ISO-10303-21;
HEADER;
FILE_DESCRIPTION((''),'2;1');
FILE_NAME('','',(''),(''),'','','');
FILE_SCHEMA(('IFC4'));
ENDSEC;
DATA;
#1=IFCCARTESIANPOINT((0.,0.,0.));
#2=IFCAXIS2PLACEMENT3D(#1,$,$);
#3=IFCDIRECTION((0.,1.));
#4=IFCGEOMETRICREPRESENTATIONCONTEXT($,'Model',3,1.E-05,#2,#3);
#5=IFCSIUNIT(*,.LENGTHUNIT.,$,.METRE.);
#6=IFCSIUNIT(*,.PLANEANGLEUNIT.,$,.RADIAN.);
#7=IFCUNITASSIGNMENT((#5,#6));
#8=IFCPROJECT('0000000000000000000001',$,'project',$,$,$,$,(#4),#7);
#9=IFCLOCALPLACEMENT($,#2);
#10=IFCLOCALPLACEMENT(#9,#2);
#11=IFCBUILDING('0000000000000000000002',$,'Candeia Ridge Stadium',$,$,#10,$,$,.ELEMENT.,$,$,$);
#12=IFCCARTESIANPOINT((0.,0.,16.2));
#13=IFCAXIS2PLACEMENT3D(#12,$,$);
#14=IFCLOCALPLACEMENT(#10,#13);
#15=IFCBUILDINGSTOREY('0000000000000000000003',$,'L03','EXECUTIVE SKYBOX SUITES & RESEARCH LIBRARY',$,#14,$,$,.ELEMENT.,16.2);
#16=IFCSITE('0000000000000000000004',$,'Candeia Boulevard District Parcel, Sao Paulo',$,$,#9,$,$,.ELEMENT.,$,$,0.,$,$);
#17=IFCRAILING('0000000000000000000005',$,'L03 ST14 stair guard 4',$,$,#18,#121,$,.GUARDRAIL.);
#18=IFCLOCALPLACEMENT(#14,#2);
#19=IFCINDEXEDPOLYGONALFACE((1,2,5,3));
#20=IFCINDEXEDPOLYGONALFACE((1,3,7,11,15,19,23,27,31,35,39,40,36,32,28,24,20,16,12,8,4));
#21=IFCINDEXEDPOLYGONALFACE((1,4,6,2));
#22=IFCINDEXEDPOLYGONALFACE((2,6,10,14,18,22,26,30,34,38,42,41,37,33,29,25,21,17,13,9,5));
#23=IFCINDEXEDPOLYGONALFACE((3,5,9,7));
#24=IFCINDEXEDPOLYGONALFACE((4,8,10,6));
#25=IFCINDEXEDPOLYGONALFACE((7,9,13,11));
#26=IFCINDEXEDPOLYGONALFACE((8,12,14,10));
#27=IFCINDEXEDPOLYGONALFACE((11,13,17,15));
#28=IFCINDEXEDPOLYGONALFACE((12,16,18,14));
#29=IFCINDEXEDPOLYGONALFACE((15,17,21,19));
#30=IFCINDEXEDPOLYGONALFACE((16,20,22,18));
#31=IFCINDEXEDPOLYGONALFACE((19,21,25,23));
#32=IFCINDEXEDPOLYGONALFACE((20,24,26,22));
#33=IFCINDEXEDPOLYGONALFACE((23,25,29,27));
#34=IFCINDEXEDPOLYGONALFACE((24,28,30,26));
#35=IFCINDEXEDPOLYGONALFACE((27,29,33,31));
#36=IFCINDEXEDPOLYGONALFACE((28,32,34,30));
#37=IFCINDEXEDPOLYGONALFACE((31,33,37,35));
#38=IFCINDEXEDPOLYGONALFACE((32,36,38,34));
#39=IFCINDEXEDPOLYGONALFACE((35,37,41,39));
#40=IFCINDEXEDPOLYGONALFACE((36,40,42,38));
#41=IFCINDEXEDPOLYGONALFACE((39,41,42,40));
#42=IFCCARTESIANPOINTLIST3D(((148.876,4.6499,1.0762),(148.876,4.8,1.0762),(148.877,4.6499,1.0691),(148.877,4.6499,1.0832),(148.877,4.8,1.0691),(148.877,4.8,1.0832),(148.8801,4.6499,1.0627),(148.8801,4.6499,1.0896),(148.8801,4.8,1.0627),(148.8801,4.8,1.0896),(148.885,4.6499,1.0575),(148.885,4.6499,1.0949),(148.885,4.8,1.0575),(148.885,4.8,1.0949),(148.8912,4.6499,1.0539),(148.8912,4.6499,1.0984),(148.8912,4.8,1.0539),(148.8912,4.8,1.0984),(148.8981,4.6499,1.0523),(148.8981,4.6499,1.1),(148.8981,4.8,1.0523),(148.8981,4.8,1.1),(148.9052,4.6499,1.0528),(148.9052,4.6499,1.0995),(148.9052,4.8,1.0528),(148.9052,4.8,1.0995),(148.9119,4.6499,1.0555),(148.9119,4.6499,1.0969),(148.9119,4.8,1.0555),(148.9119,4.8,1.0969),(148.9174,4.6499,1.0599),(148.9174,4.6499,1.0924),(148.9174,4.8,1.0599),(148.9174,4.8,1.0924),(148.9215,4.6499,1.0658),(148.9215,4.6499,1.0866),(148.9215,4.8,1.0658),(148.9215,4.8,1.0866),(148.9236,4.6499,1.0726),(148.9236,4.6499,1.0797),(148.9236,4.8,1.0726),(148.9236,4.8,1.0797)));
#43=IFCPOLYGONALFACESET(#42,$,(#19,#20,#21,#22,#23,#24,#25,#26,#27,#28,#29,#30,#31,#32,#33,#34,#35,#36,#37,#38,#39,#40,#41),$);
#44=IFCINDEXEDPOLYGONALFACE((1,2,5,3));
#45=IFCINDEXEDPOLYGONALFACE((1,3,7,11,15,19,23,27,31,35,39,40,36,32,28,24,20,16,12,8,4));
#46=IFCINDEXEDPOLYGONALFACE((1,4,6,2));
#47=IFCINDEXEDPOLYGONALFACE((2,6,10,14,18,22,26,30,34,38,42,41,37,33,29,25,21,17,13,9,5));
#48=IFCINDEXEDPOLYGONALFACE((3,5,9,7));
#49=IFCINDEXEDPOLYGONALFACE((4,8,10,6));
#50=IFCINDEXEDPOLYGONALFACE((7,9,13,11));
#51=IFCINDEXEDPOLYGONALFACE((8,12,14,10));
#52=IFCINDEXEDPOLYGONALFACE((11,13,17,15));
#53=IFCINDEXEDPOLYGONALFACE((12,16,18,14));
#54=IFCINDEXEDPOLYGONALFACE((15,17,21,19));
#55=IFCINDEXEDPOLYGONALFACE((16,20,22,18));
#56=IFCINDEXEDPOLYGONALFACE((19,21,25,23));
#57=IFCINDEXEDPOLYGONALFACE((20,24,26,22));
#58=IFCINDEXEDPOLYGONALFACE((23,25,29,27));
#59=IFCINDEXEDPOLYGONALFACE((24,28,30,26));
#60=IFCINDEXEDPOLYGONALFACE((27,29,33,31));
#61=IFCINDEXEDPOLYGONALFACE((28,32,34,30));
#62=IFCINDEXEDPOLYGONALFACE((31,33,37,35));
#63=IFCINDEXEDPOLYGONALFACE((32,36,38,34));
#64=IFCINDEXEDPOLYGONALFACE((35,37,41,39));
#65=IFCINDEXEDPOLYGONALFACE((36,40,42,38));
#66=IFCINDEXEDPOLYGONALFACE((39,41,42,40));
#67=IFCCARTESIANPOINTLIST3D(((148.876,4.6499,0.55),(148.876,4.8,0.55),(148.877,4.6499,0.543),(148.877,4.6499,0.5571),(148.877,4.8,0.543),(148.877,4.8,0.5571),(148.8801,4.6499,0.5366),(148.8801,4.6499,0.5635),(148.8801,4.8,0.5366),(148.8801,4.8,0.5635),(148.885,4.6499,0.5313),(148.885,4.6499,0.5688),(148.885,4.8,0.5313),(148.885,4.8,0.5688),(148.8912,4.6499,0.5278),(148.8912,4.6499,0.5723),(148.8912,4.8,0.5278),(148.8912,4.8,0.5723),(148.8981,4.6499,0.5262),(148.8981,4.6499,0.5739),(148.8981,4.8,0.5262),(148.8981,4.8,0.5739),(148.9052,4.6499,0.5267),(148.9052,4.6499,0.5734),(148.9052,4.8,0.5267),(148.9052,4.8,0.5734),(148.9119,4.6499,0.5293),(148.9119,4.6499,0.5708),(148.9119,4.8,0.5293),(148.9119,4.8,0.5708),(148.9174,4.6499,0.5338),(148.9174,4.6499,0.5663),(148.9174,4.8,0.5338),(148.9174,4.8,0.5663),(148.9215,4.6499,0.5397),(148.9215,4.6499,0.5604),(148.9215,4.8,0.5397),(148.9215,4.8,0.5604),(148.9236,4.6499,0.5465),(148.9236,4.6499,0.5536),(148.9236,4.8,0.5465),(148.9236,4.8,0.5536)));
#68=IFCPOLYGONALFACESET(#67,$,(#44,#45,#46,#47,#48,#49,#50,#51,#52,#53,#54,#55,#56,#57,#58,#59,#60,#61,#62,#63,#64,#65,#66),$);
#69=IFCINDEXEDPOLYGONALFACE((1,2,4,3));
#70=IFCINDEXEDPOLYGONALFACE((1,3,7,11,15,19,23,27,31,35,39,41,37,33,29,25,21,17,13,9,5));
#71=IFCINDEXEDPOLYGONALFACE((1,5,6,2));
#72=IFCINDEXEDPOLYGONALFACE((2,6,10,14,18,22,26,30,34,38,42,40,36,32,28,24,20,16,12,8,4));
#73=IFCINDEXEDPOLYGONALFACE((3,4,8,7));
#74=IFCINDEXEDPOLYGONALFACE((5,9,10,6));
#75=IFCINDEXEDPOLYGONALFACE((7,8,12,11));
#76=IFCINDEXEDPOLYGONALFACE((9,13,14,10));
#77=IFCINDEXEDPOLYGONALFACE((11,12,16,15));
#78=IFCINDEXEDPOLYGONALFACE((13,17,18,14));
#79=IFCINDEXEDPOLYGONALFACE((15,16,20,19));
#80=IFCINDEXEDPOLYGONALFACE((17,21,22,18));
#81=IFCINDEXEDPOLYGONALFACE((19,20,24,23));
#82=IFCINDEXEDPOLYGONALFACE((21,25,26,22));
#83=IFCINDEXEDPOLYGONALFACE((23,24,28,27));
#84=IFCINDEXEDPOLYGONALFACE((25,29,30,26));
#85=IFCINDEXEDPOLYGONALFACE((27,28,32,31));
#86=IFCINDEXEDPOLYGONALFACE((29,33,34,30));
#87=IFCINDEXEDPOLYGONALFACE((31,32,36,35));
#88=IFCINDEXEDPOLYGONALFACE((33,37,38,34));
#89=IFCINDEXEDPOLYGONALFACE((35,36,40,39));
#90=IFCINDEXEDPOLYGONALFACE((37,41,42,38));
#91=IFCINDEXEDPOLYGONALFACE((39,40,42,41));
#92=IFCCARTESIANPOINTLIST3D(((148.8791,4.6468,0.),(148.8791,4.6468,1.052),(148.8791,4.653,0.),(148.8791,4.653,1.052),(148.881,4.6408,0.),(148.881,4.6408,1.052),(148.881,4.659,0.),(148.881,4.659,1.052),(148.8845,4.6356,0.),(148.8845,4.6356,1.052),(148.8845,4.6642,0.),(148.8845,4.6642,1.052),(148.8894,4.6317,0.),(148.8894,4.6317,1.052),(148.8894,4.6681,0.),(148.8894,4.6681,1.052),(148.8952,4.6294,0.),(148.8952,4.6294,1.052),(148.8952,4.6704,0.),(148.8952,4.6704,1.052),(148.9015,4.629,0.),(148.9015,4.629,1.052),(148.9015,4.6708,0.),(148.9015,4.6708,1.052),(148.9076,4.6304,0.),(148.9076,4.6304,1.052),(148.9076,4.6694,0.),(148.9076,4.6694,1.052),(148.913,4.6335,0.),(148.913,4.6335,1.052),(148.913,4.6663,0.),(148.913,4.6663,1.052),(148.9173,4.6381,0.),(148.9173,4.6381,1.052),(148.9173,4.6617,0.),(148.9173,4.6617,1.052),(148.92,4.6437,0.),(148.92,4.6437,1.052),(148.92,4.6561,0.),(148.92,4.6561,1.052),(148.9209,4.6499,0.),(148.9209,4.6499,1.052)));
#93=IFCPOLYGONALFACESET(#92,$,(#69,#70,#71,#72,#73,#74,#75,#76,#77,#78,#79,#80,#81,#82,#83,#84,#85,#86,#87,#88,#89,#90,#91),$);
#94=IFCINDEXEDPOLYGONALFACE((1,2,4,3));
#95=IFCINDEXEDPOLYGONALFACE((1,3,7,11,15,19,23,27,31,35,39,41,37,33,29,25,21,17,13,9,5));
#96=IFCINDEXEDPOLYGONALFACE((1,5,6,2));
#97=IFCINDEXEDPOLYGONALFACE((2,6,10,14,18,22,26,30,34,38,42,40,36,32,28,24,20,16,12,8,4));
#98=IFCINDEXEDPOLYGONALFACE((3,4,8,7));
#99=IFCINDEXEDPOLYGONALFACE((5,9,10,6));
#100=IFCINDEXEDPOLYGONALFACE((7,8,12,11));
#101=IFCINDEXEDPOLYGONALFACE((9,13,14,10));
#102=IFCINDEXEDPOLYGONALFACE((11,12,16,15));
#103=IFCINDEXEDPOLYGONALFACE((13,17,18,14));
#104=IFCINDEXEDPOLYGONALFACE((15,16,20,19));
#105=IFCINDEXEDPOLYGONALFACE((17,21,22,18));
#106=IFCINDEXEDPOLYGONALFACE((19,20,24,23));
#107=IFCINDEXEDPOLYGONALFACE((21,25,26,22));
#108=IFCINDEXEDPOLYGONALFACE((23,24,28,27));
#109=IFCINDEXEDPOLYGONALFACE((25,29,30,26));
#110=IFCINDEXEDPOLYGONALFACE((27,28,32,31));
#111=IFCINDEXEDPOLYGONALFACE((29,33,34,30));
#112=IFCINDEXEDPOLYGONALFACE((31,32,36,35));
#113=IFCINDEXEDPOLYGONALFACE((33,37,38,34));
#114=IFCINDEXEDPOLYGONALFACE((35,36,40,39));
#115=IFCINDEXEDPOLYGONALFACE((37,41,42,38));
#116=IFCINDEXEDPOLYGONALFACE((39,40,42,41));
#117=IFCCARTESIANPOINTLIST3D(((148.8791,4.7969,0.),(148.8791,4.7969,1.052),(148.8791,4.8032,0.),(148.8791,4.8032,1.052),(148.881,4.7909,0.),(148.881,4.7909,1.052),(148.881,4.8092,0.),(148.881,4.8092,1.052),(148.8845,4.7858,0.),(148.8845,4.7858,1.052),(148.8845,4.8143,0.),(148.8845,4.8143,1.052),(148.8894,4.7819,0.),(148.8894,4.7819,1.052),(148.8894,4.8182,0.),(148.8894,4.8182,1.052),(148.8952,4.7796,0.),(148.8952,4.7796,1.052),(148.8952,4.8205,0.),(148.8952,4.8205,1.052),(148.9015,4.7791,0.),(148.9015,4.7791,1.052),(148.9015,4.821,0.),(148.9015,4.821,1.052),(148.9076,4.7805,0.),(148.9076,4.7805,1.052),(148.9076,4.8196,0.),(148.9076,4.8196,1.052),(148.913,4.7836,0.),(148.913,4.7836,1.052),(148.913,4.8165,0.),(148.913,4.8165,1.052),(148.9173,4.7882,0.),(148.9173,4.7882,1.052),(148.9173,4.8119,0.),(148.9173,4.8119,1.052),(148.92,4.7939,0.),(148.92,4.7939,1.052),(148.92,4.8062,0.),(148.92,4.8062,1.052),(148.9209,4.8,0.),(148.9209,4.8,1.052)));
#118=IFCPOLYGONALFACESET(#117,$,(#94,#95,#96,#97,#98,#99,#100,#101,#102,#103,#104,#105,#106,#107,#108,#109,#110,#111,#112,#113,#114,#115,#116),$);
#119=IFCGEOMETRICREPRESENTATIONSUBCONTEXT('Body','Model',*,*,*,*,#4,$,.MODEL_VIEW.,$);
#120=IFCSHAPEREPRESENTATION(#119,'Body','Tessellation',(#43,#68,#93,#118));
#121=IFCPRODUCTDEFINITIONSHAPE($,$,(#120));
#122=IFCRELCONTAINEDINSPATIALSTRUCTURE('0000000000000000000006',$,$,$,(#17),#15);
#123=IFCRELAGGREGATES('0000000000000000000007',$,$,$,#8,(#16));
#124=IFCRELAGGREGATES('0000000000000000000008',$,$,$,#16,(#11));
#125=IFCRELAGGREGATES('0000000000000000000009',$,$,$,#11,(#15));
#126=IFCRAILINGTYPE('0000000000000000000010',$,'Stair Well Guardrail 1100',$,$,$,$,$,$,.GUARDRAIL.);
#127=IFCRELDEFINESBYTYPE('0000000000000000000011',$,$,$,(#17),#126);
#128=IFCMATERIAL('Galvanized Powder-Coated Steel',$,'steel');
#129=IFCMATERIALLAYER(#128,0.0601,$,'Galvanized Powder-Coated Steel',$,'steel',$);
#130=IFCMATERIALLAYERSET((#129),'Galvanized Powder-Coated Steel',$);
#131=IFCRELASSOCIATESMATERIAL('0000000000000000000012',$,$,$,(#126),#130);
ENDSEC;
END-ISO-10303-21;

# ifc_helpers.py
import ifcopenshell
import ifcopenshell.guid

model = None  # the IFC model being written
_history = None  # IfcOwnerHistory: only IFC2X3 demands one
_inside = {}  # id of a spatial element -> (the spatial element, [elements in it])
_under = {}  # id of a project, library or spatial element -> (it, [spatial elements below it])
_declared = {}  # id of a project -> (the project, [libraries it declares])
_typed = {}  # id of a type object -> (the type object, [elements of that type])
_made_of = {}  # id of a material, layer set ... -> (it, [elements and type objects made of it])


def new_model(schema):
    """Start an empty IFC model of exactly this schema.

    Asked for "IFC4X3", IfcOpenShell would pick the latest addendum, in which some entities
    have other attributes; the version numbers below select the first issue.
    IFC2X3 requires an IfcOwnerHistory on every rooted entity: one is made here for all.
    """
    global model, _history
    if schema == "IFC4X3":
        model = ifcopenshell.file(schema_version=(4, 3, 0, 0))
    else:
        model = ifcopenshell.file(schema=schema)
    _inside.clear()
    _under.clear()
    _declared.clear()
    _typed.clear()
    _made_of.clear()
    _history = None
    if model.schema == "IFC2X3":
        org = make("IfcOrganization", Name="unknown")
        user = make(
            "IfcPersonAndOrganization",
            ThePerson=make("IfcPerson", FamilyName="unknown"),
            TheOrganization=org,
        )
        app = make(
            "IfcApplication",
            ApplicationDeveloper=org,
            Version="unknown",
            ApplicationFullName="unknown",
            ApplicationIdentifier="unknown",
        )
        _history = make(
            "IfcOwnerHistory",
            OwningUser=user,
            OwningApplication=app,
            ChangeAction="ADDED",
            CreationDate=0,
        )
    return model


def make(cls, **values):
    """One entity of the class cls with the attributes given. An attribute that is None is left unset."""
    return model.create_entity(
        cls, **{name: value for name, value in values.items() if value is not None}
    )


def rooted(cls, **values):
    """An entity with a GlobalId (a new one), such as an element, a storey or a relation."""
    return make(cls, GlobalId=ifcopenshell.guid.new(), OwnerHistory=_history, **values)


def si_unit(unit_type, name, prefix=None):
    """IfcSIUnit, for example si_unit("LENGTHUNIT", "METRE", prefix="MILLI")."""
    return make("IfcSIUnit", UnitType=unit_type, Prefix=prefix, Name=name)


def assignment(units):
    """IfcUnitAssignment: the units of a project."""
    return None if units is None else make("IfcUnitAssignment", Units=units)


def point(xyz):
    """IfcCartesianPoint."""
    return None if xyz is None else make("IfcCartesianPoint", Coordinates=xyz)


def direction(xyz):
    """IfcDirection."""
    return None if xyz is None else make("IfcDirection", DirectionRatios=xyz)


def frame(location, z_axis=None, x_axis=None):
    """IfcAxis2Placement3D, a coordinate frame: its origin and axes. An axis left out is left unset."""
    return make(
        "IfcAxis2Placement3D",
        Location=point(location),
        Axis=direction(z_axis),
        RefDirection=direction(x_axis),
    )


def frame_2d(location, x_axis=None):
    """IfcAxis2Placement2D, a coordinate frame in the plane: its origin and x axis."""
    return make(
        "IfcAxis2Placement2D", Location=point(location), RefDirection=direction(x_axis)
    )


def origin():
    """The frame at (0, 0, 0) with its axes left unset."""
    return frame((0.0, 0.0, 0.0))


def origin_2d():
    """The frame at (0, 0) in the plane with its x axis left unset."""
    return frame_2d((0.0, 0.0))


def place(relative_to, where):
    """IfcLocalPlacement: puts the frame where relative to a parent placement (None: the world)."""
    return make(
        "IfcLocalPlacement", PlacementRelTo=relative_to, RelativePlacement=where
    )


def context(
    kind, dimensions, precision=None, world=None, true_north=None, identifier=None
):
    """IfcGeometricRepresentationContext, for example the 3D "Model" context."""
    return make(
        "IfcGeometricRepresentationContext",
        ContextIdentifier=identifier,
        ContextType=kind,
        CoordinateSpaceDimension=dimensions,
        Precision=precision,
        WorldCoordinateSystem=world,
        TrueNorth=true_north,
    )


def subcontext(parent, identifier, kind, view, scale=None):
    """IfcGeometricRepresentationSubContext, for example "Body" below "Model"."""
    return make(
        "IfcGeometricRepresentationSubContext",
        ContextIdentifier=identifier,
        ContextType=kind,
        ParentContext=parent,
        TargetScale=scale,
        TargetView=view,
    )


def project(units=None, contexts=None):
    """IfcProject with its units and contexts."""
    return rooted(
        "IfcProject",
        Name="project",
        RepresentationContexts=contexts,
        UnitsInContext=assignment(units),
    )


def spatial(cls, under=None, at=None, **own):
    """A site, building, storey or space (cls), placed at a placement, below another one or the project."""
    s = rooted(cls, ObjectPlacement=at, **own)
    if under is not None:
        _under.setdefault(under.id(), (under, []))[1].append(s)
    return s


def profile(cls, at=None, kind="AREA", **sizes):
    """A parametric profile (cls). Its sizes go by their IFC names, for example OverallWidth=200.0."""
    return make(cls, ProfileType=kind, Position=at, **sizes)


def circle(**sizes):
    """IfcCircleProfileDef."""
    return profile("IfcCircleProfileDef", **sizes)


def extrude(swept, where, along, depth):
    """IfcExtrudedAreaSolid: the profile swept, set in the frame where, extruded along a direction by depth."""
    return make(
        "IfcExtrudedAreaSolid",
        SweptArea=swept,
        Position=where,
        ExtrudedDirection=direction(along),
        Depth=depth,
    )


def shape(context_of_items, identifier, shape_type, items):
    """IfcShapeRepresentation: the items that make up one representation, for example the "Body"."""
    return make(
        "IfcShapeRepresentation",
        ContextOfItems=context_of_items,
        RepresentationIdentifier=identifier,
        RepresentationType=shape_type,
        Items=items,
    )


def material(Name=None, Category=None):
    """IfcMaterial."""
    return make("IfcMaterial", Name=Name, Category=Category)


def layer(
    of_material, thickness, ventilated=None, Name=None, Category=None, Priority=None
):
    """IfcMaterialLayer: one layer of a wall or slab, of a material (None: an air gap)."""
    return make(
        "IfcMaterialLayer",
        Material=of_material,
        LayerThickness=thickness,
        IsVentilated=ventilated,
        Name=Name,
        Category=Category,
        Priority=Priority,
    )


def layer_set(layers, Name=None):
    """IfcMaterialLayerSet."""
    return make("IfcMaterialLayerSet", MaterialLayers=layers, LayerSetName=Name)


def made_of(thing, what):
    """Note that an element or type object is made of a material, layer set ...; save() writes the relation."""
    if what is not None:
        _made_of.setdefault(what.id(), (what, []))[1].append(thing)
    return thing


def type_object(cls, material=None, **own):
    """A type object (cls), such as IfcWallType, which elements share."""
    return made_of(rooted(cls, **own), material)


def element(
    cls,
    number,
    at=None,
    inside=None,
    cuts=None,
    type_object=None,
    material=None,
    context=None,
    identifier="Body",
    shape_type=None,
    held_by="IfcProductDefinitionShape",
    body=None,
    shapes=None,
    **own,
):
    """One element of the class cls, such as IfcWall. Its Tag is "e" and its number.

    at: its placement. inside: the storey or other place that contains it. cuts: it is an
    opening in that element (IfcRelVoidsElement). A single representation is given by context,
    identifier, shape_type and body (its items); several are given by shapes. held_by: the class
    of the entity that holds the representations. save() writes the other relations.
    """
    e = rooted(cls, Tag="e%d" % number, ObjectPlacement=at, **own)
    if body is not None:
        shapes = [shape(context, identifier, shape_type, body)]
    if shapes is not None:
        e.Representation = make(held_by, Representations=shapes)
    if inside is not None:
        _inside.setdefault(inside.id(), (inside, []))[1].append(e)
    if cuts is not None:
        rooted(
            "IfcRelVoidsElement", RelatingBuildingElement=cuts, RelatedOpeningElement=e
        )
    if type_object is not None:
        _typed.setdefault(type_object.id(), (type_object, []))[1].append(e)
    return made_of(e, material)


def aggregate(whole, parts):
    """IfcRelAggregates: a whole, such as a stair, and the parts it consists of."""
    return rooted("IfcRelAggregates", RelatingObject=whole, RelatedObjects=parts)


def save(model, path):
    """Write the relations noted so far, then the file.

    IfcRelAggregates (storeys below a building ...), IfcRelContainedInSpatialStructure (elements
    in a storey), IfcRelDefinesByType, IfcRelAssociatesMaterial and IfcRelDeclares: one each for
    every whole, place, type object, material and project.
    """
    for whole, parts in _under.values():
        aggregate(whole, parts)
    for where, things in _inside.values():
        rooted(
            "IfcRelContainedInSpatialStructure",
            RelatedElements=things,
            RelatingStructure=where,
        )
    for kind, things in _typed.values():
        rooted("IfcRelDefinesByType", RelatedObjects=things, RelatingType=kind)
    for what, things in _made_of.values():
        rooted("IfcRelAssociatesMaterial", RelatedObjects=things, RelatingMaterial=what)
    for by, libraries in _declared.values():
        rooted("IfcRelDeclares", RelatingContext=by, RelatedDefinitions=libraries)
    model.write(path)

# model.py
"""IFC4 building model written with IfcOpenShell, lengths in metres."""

from ifc_helpers import new_model, si_unit, direction, frame, origin, origin_2d, place, context, subcontext, project, spatial, circle, extrude, material, layer, layer_set, type_object, element, save


model = new_model("IFC4")

# Units and contexts
model_context = context("Model", 3, precision=1e-05, world=origin(), true_north=direction((0.0, 1.0)))
body_context = subcontext(model_context, "Body", "Model", "MODEL_VIEW")
ifc_project = project(units=[si_unit("LENGTHUNIT", "METRE"), si_unit("PLANEANGLEUNIT", "RADIAN")], contexts=[model_context])

# Site, building, storey
site_placement = place(None, origin())
site = spatial("IfcSite", under=ifc_project, at=site_placement, Name="Candeia Boulevard District Parcel, Sao Paulo", CompositionType="ELEMENT", RefElevation=0.0)
building_placement = place(site_placement, origin())
building = spatial("IfcBuilding", under=site, at=building_placement, Name="Candeia Ridge Stadium", CompositionType="ELEMENT")
storey_placement = place(building_placement, frame((0.0, 0.0, 16.2)))
storey = spatial("IfcBuildingStorey", under=building, at=storey_placement, Name="L03", Description="EXECUTIVE SKYBOX SUITES & RESEARCH LIBRARY", CompositionType="ELEMENT", Elevation=16.2)

# Railing
ifc_material_1 = material(Name="Galvanized Powder-Coated Steel", Category="steel")
ifc_layer_1 = layer(ifc_material_1, 0.0601, Name="Galvanized Powder-Coated Steel", Category="steel")
ifc_layer_set_1 = layer_set([ifc_layer_1], Name="Galvanized Powder-Coated Steel")
railing_type_1 = type_object("IfcRailingType", Name="Stair Well Guardrail 1100", PredefinedType="GUARDRAIL", material=ifc_layer_set_1)
railing_1_placement = place(storey_placement, frame((148.8999, 4.6499, 0.0)))
element("IfcRailing", 1, at=railing_1_placement, inside=storey, type_object=railing_type_1, Name="L03 ST14 stair guard 4", PredefinedType="GUARDRAIL", context=body_context, shape_type="SweptSolid", body=[
    extrude(circle(Radius=0.0239, at=origin_2d()), frame((0.0, 0.0, 1.0762), z_axis=(0.0, 1.0, 0.0), x_axis=(-1.0, 0.0, 0.0)), (0.0, 0.0, 1.0), 0.1501),
    extrude(circle(Radius=0.0239, at=origin_2d()), frame((0.0, 0.0, 0.55), z_axis=(0.0, 1.0, 0.0), x_axis=(-1.0, 0.0, 0.0)), (0.0, 0.0, 1.0), 0.1501),
    extrude(circle(Radius=0.021, at=origin_2d()), origin(), (0.0, 0.0, 1.0), 1.052),
    extrude(circle(Radius=0.021, at=origin_2d()), frame((0.0, 0.1501, 0.0)), (0.0, 0.0, 1.0), 1.052),
])

save(model, "model.ifc")
